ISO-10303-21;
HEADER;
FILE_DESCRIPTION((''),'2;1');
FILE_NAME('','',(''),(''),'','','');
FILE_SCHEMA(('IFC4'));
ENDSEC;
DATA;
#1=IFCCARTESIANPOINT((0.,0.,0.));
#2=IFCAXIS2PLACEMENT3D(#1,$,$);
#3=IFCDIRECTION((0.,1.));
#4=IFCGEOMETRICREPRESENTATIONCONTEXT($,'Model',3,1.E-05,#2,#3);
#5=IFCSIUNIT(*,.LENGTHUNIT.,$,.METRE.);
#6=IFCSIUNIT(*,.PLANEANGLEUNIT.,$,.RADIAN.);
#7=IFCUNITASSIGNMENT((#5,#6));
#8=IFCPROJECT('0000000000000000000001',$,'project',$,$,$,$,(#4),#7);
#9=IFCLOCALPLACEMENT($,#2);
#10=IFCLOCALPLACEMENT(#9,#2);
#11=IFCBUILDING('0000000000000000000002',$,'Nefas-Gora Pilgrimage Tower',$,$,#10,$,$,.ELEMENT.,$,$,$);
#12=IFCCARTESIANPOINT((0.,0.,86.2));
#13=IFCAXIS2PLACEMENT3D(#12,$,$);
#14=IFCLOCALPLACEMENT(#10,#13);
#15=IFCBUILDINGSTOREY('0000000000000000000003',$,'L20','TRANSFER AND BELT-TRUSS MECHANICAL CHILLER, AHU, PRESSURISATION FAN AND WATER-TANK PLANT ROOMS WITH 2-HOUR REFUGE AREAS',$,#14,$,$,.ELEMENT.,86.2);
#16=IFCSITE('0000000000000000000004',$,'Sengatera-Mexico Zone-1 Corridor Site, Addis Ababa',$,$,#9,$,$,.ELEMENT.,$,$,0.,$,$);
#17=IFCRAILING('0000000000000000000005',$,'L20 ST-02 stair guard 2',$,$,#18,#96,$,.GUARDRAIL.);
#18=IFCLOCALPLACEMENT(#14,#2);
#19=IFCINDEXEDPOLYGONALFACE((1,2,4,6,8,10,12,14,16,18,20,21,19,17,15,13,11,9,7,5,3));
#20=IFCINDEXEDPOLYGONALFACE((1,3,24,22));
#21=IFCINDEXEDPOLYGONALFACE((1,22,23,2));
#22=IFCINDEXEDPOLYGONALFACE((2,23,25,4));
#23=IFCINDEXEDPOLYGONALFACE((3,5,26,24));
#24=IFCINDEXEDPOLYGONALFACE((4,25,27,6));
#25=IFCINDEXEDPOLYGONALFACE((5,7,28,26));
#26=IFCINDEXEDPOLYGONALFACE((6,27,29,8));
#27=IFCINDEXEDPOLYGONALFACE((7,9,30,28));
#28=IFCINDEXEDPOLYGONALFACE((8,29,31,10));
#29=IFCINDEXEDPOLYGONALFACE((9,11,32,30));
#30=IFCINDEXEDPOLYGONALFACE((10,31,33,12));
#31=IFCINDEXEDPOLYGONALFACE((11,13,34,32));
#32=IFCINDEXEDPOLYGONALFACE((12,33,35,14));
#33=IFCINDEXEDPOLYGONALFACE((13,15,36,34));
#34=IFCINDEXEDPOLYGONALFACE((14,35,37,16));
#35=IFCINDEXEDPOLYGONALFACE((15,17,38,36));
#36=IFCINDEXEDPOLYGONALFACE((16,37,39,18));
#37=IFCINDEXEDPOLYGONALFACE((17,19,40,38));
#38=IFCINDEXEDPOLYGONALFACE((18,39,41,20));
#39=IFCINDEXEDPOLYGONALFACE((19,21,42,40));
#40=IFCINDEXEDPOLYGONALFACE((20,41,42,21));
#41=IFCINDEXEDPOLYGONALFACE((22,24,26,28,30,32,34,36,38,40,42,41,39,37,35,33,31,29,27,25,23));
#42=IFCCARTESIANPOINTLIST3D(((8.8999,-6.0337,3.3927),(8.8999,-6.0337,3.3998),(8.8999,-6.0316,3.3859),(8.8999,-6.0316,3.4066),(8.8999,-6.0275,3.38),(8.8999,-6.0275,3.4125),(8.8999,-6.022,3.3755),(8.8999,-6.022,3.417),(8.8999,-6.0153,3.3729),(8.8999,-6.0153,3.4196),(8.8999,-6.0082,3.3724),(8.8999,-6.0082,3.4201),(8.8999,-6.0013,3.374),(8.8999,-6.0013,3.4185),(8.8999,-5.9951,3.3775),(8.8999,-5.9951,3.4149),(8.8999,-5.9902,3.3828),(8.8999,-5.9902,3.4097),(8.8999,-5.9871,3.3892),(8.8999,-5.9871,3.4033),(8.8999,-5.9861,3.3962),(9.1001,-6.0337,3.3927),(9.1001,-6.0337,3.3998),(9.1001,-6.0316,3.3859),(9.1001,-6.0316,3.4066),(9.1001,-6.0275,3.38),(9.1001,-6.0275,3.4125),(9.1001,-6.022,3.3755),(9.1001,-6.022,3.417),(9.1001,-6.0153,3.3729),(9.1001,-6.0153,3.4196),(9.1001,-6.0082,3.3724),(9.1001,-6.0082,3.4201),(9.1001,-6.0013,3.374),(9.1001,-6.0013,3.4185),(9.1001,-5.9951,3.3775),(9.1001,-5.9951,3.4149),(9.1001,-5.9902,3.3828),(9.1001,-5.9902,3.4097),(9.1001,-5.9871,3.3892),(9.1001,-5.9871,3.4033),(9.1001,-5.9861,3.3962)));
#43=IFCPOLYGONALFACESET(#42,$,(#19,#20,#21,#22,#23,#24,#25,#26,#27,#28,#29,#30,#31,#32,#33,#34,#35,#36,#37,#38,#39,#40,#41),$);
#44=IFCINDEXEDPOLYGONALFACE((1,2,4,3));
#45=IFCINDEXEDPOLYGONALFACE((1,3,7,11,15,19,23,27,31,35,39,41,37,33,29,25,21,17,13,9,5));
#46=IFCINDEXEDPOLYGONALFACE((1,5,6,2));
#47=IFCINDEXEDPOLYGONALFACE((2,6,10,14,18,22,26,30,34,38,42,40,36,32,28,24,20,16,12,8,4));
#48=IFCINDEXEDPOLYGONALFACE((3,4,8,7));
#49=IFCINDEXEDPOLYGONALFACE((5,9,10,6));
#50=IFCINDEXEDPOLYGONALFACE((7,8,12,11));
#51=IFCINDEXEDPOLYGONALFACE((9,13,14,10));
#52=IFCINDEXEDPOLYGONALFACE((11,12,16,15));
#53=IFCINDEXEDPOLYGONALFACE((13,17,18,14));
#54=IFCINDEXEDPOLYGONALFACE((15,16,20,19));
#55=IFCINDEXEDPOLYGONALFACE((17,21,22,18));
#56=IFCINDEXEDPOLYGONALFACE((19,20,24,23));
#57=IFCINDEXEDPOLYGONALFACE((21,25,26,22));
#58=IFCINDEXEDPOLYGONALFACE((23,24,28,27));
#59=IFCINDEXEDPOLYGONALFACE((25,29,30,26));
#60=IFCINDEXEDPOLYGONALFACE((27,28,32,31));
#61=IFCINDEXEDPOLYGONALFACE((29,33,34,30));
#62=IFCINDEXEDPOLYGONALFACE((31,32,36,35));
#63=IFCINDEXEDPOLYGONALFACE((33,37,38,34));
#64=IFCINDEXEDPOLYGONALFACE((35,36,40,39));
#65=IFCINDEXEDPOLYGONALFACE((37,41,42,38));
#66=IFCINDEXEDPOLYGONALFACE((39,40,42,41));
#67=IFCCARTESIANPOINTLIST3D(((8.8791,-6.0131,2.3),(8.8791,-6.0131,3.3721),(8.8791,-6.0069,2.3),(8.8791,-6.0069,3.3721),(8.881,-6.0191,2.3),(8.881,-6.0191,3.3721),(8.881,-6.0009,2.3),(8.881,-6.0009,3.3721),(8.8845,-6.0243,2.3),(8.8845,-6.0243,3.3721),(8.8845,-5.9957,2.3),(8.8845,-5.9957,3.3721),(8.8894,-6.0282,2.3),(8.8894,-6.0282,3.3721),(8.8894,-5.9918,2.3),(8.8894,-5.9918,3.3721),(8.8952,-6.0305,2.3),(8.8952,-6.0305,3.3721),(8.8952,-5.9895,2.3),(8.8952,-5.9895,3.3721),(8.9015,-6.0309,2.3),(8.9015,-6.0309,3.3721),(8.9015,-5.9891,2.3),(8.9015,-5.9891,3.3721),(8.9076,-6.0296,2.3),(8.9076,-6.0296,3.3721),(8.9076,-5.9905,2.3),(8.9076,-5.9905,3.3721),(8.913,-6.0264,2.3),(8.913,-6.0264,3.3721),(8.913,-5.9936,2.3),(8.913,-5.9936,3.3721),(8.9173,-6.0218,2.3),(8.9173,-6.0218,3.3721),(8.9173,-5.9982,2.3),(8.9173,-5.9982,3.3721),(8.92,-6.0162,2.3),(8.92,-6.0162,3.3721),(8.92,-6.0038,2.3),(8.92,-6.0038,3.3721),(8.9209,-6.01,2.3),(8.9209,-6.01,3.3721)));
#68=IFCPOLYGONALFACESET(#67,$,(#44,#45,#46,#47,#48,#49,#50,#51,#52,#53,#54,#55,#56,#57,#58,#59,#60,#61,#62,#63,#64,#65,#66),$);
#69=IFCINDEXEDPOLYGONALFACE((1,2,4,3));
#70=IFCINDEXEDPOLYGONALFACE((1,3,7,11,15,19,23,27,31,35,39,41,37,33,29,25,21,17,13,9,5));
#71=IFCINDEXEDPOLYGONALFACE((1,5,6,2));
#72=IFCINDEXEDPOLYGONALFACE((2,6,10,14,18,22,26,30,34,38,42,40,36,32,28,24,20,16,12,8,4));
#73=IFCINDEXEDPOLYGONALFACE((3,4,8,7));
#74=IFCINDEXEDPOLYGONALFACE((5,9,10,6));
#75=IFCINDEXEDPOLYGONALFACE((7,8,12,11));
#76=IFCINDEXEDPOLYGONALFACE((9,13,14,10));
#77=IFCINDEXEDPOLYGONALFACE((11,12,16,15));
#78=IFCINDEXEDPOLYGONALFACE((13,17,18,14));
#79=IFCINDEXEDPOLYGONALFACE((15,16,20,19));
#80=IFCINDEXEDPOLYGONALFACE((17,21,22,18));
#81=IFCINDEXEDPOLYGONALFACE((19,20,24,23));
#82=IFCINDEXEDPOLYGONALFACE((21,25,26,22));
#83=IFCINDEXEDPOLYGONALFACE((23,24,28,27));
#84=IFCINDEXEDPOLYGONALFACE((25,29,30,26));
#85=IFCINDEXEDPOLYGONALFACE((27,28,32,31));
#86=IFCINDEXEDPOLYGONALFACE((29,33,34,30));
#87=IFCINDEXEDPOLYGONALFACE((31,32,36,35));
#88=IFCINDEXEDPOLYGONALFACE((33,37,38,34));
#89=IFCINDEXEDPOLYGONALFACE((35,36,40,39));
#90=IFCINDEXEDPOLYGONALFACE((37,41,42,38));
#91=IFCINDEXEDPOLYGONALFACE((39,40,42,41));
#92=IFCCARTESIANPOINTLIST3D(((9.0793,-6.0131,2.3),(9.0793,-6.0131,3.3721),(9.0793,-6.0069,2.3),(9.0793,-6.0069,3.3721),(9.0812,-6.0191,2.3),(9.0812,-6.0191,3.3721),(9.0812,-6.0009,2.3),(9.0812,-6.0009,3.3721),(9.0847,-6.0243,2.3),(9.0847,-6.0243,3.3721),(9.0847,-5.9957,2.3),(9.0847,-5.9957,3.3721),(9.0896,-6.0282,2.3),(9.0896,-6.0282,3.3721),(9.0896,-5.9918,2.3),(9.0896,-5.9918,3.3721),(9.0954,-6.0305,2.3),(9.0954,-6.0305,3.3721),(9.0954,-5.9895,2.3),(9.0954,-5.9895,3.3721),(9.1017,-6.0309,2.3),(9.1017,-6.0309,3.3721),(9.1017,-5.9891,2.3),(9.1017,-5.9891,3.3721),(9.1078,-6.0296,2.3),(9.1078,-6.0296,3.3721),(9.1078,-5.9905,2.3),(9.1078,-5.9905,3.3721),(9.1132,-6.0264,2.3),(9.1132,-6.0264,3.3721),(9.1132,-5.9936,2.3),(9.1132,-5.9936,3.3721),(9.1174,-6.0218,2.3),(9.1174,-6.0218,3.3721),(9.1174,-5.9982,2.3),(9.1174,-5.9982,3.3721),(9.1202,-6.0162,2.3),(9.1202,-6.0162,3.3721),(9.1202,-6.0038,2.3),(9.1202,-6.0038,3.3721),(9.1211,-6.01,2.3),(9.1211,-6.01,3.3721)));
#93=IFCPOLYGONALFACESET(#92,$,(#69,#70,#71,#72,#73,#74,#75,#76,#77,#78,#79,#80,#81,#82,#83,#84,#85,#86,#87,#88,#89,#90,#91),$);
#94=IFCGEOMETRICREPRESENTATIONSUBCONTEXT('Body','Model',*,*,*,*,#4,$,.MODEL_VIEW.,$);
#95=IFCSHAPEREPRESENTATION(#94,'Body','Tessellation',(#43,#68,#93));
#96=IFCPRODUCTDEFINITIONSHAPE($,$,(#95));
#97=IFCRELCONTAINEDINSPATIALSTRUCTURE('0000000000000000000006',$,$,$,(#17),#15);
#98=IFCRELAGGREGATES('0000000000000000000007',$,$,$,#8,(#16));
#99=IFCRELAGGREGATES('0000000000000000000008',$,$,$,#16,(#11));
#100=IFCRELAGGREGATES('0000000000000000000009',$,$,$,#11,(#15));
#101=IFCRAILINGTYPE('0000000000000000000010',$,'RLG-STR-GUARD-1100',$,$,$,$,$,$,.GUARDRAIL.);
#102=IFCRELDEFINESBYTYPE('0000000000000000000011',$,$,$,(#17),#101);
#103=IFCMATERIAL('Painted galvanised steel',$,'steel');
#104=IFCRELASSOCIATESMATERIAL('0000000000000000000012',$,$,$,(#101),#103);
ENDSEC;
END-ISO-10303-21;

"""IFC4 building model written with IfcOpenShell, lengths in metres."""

from ifc_helpers import new_model, si_unit, direction, frame, origin, origin_2d, place, context, subcontext, project, spatial, circle, extrude, material, type_object, element, save


model = new_model("IFC4")

# Units and contexts
model_context = context("Model", 3, precision=1e-05, world=origin(), true_north=direction((0.0, 1.0)))
body_context = subcontext(model_context, "Body", "Model", "MODEL_VIEW")
ifc_project = project(units=[si_unit("LENGTHUNIT", "METRE"), si_unit("PLANEANGLEUNIT", "RADIAN")], contexts=[model_context])

# Site, building, storey
site_placement = place(None, origin())
site = spatial("IfcSite", under=ifc_project, at=site_placement, Name="Sengatera-Mexico Zone-1 Corridor Site, Addis Ababa", CompositionType="ELEMENT", RefElevation=0.0)
building_placement = place(site_placement, origin())
building = spatial("IfcBuilding", under=site, at=building_placement, Name="Nefas-Gora Pilgrimage Tower", CompositionType="ELEMENT")
storey_placement = place(building_placement, frame((0.0, 0.0, 86.2)))
storey = spatial("IfcBuildingStorey", under=building, at=storey_placement, Name="L20", Description="TRANSFER AND BELT-TRUSS MECHANICAL CHILLER, AHU, PRESSURISATION FAN AND WATER-TANK PLANT ROOMS WITH 2-HOUR REFUGE AREAS", CompositionType="ELEMENT", Elevation=86.2)

# Railing
ifc_material_1 = material(Name="Painted galvanised steel", Category="steel")
railing_type_1 = type_object("IfcRailingType", Name="RLG-STR-GUARD-1100", PredefinedType="GUARDRAIL", material=ifc_material_1)
railing_1_placement = place(storey_placement, frame((8.8999, -6.01, 2.3)))
element("IfcRailing", 1, at=railing_1_placement, inside=storey, type_object=railing_type_1, Name="L20 ST-02 stair guard 2", PredefinedType="GUARDRAIL", context=body_context, shape_type="SweptSolid", body=[
    extrude(circle(Radius=0.0239, at=origin_2d()), frame((0.0, 0.0, 1.0962), z_axis=(1.0, 0.0, 0.0), x_axis=(0.0, 1.0, 0.0)), (0.0, 0.0, 1.0), 0.2002),
    extrude(circle(Radius=0.021, at=origin_2d()), origin(), (0.0, 0.0, 1.0), 1.072),
    extrude(circle(Radius=0.021, at=origin_2d()), frame((0.2002, 0.0, 0.0)), (0.0, 0.0, 1.0), 1.072),
])

save(model, "model.ifc")
